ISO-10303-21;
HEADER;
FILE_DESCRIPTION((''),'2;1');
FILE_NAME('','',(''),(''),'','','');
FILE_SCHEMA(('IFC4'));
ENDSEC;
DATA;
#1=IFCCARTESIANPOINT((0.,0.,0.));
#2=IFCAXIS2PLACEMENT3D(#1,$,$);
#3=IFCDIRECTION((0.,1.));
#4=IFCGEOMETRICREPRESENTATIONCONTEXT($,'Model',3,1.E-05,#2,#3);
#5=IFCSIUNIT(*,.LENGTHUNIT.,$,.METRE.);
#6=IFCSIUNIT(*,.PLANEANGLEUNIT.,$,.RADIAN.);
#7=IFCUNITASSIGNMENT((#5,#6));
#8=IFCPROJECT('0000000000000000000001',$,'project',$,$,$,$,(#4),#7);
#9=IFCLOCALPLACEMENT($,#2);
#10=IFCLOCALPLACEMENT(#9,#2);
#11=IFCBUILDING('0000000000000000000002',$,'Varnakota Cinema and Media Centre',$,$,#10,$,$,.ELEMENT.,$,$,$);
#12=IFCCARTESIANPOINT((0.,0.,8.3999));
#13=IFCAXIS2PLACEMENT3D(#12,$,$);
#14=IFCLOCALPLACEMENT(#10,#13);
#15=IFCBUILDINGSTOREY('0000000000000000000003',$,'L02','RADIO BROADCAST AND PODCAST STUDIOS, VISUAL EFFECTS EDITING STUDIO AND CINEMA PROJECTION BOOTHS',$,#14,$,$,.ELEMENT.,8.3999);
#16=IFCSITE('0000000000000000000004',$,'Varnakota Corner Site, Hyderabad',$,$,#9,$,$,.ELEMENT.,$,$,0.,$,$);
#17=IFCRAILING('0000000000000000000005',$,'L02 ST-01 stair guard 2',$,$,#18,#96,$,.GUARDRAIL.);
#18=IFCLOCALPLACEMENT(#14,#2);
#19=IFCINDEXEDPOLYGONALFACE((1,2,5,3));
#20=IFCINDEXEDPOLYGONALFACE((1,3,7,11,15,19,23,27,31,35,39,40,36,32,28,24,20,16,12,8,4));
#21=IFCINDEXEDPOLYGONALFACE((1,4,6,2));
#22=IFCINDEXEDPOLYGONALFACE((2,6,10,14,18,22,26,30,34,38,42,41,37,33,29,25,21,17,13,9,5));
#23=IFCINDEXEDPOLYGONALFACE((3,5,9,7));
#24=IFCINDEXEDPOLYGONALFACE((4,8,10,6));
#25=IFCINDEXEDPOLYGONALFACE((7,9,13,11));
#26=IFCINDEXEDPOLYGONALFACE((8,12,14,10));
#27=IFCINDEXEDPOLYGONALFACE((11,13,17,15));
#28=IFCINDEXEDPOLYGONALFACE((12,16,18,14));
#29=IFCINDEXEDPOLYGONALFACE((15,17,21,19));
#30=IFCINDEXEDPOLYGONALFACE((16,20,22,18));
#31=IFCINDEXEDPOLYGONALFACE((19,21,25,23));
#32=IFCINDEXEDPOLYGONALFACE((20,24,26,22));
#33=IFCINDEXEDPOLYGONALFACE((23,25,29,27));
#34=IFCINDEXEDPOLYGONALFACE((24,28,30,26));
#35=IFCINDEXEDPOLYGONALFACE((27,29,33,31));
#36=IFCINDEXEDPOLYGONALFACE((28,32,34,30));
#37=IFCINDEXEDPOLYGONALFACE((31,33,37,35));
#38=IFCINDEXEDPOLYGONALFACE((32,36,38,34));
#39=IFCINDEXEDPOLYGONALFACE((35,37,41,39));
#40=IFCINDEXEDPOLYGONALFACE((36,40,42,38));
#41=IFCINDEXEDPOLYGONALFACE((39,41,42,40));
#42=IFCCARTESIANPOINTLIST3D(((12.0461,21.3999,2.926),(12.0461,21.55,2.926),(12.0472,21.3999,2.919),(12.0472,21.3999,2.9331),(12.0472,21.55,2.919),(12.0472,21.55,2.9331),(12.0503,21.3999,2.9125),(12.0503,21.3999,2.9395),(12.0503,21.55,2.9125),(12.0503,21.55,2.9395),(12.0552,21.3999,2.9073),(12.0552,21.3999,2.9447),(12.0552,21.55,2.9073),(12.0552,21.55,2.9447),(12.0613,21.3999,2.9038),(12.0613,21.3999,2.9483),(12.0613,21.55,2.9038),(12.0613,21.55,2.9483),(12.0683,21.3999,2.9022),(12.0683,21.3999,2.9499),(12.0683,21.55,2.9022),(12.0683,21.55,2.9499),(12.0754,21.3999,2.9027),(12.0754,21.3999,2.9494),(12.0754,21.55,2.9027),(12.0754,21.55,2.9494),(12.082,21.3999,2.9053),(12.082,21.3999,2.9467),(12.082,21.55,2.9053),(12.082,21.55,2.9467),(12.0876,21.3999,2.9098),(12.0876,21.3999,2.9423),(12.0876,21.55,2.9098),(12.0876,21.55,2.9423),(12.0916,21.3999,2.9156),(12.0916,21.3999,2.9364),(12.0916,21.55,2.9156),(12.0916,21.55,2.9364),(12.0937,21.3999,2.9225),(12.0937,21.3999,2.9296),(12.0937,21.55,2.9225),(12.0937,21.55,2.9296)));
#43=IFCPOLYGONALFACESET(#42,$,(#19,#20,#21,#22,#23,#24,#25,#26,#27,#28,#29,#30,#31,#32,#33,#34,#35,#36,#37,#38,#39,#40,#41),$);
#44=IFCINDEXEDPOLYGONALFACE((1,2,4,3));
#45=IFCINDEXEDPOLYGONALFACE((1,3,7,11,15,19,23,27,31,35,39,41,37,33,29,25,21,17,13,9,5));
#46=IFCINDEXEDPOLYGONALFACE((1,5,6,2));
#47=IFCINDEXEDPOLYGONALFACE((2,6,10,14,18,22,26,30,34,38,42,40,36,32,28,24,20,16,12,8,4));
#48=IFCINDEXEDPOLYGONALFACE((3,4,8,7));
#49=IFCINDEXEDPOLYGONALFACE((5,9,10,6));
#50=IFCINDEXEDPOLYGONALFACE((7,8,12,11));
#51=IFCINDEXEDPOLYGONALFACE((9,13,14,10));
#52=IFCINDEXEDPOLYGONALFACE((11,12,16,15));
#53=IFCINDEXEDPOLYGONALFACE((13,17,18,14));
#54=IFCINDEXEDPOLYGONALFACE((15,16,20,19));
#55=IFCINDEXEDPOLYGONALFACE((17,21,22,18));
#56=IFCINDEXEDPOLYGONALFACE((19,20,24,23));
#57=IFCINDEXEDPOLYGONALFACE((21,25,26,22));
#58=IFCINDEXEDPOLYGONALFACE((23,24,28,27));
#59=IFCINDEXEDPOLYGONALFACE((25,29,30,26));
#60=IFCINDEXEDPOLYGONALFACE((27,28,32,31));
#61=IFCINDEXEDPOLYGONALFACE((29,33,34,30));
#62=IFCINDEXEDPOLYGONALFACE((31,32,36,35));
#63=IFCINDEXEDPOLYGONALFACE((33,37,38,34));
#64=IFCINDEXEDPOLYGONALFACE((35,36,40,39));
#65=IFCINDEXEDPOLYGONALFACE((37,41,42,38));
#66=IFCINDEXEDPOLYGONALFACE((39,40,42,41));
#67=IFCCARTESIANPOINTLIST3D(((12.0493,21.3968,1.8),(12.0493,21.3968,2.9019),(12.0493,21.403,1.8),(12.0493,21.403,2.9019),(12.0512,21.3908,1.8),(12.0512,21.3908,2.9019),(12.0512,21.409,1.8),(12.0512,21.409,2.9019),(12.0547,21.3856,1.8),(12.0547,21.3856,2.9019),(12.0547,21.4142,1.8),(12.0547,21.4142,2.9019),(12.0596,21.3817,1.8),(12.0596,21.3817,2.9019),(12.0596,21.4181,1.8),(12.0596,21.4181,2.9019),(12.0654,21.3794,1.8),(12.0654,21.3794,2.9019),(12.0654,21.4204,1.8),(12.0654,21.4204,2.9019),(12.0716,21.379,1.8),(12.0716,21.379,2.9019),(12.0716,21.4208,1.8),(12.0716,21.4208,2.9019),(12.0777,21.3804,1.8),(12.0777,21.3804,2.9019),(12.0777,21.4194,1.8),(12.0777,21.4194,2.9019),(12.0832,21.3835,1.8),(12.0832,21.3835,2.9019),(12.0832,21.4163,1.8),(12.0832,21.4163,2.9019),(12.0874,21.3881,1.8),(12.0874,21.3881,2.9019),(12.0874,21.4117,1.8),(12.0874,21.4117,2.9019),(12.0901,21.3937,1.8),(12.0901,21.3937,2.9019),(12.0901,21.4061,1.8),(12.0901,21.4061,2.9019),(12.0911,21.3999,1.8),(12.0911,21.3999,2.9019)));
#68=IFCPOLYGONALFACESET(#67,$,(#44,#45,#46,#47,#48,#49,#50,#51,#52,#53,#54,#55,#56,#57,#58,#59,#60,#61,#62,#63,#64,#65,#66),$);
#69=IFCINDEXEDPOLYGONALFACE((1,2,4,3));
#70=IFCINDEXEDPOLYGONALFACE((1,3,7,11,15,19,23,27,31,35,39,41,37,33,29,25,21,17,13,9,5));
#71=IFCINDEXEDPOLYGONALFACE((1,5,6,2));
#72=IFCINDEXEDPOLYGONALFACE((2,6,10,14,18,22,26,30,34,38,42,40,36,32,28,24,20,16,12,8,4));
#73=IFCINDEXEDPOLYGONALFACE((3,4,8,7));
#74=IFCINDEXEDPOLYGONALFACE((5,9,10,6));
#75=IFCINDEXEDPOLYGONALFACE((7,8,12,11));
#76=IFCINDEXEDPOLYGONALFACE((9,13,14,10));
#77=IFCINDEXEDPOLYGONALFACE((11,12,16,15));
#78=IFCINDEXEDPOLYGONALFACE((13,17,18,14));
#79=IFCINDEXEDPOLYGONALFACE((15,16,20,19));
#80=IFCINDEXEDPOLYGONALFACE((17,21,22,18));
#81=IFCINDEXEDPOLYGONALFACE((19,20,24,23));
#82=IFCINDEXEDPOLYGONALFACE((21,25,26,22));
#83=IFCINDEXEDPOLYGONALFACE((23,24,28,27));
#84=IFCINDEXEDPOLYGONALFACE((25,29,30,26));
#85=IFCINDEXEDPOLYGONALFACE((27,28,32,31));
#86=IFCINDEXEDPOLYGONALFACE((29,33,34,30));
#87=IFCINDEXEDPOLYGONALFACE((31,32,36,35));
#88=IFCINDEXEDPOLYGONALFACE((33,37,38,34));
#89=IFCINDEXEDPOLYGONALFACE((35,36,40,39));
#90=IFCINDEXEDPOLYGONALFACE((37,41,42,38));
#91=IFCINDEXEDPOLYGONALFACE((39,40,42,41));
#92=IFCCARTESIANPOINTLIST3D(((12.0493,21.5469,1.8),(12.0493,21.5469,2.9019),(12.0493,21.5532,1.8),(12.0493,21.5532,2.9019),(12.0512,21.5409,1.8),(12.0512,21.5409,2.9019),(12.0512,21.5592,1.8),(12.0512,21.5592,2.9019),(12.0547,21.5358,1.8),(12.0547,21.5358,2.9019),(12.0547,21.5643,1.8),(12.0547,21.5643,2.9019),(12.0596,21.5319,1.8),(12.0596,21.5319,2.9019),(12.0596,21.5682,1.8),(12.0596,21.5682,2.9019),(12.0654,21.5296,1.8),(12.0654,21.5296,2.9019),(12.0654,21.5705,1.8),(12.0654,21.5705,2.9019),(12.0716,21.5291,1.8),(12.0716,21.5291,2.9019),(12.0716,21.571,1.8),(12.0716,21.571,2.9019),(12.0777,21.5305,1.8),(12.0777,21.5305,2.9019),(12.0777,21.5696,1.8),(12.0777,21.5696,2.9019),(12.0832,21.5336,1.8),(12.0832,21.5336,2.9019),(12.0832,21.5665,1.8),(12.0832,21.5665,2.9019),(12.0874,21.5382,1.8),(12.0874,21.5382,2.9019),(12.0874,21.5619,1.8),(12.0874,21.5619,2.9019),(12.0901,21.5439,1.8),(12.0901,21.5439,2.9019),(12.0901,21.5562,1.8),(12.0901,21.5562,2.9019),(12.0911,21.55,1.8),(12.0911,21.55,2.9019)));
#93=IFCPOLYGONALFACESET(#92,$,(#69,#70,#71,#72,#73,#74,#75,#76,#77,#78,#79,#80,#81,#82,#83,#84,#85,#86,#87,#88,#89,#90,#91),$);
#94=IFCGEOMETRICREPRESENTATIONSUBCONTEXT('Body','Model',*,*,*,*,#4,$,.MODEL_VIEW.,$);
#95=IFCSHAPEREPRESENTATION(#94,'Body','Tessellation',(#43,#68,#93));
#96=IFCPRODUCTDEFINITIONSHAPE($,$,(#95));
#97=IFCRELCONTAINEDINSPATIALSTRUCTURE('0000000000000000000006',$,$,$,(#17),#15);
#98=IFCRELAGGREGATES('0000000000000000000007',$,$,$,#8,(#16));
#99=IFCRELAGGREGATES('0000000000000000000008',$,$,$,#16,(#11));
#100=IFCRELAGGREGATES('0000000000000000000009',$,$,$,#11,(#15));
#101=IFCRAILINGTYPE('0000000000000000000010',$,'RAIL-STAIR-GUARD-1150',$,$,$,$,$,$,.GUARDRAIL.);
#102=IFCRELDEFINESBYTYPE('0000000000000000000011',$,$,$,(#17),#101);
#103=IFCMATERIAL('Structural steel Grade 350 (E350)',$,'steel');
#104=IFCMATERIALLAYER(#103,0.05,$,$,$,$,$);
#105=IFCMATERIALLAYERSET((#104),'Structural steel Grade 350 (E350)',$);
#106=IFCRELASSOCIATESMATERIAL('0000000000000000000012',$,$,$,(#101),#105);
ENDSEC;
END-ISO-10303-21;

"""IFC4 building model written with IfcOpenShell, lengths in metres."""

from ifc_helpers import new_model, si_unit, direction, frame, origin, origin_2d, place, context, subcontext, project, spatial, circle, extrude, material, layer, layer_set, type_object, element, save


model = new_model("IFC4")

# Units and contexts
model_context = context("Model", 3, precision=1e-05, world=origin(), true_north=direction((0.0, 1.0)))
body_context = subcontext(model_context, "Body", "Model", "MODEL_VIEW")
ifc_project = project(units=[si_unit("LENGTHUNIT", "METRE"), si_unit("PLANEANGLEUNIT", "RADIAN")], contexts=[model_context])

# Site, building, storey
site_placement = place(None, origin())
site = spatial("IfcSite", under=ifc_project, at=site_placement, Name="Varnakota Corner Site, Hyderabad", CompositionType="ELEMENT", RefElevation=0.0)
building_placement = place(site_placement, origin())
building = spatial("IfcBuilding", under=site, at=building_placement, Name="Varnakota Cinema and Media Centre", CompositionType="ELEMENT")
storey_placement = place(building_placement, frame((0.0, 0.0, 8.3999)))
storey = spatial("IfcBuildingStorey", under=building, at=storey_placement, Name="L02", Description="RADIO BROADCAST AND PODCAST STUDIOS, VISUAL EFFECTS EDITING STUDIO AND CINEMA PROJECTION BOOTHS", CompositionType="ELEMENT", Elevation=8.3999)

# Railing
ifc_material_1 = material(Name="Structural steel Grade 350 (E350)", Category="steel")
ifc_layer_1 = layer(ifc_material_1, 0.05)
ifc_layer_set_1 = layer_set([ifc_layer_1], Name="Structural steel Grade 350 (E350)")
railing_type_1 = type_object("IfcRailingType", Name="RAIL-STAIR-GUARD-1150", PredefinedType="GUARDRAIL", material=ifc_layer_set_1)
railing_1_placement = place(storey_placement, frame((12.0701, 21.3999, 1.8)))
element("IfcRailing", 1, at=railing_1_placement, inside=storey, type_object=railing_type_1, Name="L02 ST-01 stair guard 2", PredefinedType="GUARDRAIL", context=body_context, shape_type="SweptSolid", body=[
    extrude(circle(Radius=0.0239, at=origin_2d()), frame((0.0, 0.0, 1.126), z_axis=(0.0, 1.0, 0.0), x_axis=(-1.0, 0.0, 0.0)), (0.0, 0.0, 1.0), 0.1501),
    extrude(circle(Radius=0.021, at=origin_2d()), origin(), (0.0, 0.0, 1.0), 1.1018),
    extrude(circle(Radius=0.021, at=origin_2d()), frame((0.0, 0.1501, 0.0)), (0.0, 0.0, 1.0), 1.1018),
])

save(model, "model.ifc")
